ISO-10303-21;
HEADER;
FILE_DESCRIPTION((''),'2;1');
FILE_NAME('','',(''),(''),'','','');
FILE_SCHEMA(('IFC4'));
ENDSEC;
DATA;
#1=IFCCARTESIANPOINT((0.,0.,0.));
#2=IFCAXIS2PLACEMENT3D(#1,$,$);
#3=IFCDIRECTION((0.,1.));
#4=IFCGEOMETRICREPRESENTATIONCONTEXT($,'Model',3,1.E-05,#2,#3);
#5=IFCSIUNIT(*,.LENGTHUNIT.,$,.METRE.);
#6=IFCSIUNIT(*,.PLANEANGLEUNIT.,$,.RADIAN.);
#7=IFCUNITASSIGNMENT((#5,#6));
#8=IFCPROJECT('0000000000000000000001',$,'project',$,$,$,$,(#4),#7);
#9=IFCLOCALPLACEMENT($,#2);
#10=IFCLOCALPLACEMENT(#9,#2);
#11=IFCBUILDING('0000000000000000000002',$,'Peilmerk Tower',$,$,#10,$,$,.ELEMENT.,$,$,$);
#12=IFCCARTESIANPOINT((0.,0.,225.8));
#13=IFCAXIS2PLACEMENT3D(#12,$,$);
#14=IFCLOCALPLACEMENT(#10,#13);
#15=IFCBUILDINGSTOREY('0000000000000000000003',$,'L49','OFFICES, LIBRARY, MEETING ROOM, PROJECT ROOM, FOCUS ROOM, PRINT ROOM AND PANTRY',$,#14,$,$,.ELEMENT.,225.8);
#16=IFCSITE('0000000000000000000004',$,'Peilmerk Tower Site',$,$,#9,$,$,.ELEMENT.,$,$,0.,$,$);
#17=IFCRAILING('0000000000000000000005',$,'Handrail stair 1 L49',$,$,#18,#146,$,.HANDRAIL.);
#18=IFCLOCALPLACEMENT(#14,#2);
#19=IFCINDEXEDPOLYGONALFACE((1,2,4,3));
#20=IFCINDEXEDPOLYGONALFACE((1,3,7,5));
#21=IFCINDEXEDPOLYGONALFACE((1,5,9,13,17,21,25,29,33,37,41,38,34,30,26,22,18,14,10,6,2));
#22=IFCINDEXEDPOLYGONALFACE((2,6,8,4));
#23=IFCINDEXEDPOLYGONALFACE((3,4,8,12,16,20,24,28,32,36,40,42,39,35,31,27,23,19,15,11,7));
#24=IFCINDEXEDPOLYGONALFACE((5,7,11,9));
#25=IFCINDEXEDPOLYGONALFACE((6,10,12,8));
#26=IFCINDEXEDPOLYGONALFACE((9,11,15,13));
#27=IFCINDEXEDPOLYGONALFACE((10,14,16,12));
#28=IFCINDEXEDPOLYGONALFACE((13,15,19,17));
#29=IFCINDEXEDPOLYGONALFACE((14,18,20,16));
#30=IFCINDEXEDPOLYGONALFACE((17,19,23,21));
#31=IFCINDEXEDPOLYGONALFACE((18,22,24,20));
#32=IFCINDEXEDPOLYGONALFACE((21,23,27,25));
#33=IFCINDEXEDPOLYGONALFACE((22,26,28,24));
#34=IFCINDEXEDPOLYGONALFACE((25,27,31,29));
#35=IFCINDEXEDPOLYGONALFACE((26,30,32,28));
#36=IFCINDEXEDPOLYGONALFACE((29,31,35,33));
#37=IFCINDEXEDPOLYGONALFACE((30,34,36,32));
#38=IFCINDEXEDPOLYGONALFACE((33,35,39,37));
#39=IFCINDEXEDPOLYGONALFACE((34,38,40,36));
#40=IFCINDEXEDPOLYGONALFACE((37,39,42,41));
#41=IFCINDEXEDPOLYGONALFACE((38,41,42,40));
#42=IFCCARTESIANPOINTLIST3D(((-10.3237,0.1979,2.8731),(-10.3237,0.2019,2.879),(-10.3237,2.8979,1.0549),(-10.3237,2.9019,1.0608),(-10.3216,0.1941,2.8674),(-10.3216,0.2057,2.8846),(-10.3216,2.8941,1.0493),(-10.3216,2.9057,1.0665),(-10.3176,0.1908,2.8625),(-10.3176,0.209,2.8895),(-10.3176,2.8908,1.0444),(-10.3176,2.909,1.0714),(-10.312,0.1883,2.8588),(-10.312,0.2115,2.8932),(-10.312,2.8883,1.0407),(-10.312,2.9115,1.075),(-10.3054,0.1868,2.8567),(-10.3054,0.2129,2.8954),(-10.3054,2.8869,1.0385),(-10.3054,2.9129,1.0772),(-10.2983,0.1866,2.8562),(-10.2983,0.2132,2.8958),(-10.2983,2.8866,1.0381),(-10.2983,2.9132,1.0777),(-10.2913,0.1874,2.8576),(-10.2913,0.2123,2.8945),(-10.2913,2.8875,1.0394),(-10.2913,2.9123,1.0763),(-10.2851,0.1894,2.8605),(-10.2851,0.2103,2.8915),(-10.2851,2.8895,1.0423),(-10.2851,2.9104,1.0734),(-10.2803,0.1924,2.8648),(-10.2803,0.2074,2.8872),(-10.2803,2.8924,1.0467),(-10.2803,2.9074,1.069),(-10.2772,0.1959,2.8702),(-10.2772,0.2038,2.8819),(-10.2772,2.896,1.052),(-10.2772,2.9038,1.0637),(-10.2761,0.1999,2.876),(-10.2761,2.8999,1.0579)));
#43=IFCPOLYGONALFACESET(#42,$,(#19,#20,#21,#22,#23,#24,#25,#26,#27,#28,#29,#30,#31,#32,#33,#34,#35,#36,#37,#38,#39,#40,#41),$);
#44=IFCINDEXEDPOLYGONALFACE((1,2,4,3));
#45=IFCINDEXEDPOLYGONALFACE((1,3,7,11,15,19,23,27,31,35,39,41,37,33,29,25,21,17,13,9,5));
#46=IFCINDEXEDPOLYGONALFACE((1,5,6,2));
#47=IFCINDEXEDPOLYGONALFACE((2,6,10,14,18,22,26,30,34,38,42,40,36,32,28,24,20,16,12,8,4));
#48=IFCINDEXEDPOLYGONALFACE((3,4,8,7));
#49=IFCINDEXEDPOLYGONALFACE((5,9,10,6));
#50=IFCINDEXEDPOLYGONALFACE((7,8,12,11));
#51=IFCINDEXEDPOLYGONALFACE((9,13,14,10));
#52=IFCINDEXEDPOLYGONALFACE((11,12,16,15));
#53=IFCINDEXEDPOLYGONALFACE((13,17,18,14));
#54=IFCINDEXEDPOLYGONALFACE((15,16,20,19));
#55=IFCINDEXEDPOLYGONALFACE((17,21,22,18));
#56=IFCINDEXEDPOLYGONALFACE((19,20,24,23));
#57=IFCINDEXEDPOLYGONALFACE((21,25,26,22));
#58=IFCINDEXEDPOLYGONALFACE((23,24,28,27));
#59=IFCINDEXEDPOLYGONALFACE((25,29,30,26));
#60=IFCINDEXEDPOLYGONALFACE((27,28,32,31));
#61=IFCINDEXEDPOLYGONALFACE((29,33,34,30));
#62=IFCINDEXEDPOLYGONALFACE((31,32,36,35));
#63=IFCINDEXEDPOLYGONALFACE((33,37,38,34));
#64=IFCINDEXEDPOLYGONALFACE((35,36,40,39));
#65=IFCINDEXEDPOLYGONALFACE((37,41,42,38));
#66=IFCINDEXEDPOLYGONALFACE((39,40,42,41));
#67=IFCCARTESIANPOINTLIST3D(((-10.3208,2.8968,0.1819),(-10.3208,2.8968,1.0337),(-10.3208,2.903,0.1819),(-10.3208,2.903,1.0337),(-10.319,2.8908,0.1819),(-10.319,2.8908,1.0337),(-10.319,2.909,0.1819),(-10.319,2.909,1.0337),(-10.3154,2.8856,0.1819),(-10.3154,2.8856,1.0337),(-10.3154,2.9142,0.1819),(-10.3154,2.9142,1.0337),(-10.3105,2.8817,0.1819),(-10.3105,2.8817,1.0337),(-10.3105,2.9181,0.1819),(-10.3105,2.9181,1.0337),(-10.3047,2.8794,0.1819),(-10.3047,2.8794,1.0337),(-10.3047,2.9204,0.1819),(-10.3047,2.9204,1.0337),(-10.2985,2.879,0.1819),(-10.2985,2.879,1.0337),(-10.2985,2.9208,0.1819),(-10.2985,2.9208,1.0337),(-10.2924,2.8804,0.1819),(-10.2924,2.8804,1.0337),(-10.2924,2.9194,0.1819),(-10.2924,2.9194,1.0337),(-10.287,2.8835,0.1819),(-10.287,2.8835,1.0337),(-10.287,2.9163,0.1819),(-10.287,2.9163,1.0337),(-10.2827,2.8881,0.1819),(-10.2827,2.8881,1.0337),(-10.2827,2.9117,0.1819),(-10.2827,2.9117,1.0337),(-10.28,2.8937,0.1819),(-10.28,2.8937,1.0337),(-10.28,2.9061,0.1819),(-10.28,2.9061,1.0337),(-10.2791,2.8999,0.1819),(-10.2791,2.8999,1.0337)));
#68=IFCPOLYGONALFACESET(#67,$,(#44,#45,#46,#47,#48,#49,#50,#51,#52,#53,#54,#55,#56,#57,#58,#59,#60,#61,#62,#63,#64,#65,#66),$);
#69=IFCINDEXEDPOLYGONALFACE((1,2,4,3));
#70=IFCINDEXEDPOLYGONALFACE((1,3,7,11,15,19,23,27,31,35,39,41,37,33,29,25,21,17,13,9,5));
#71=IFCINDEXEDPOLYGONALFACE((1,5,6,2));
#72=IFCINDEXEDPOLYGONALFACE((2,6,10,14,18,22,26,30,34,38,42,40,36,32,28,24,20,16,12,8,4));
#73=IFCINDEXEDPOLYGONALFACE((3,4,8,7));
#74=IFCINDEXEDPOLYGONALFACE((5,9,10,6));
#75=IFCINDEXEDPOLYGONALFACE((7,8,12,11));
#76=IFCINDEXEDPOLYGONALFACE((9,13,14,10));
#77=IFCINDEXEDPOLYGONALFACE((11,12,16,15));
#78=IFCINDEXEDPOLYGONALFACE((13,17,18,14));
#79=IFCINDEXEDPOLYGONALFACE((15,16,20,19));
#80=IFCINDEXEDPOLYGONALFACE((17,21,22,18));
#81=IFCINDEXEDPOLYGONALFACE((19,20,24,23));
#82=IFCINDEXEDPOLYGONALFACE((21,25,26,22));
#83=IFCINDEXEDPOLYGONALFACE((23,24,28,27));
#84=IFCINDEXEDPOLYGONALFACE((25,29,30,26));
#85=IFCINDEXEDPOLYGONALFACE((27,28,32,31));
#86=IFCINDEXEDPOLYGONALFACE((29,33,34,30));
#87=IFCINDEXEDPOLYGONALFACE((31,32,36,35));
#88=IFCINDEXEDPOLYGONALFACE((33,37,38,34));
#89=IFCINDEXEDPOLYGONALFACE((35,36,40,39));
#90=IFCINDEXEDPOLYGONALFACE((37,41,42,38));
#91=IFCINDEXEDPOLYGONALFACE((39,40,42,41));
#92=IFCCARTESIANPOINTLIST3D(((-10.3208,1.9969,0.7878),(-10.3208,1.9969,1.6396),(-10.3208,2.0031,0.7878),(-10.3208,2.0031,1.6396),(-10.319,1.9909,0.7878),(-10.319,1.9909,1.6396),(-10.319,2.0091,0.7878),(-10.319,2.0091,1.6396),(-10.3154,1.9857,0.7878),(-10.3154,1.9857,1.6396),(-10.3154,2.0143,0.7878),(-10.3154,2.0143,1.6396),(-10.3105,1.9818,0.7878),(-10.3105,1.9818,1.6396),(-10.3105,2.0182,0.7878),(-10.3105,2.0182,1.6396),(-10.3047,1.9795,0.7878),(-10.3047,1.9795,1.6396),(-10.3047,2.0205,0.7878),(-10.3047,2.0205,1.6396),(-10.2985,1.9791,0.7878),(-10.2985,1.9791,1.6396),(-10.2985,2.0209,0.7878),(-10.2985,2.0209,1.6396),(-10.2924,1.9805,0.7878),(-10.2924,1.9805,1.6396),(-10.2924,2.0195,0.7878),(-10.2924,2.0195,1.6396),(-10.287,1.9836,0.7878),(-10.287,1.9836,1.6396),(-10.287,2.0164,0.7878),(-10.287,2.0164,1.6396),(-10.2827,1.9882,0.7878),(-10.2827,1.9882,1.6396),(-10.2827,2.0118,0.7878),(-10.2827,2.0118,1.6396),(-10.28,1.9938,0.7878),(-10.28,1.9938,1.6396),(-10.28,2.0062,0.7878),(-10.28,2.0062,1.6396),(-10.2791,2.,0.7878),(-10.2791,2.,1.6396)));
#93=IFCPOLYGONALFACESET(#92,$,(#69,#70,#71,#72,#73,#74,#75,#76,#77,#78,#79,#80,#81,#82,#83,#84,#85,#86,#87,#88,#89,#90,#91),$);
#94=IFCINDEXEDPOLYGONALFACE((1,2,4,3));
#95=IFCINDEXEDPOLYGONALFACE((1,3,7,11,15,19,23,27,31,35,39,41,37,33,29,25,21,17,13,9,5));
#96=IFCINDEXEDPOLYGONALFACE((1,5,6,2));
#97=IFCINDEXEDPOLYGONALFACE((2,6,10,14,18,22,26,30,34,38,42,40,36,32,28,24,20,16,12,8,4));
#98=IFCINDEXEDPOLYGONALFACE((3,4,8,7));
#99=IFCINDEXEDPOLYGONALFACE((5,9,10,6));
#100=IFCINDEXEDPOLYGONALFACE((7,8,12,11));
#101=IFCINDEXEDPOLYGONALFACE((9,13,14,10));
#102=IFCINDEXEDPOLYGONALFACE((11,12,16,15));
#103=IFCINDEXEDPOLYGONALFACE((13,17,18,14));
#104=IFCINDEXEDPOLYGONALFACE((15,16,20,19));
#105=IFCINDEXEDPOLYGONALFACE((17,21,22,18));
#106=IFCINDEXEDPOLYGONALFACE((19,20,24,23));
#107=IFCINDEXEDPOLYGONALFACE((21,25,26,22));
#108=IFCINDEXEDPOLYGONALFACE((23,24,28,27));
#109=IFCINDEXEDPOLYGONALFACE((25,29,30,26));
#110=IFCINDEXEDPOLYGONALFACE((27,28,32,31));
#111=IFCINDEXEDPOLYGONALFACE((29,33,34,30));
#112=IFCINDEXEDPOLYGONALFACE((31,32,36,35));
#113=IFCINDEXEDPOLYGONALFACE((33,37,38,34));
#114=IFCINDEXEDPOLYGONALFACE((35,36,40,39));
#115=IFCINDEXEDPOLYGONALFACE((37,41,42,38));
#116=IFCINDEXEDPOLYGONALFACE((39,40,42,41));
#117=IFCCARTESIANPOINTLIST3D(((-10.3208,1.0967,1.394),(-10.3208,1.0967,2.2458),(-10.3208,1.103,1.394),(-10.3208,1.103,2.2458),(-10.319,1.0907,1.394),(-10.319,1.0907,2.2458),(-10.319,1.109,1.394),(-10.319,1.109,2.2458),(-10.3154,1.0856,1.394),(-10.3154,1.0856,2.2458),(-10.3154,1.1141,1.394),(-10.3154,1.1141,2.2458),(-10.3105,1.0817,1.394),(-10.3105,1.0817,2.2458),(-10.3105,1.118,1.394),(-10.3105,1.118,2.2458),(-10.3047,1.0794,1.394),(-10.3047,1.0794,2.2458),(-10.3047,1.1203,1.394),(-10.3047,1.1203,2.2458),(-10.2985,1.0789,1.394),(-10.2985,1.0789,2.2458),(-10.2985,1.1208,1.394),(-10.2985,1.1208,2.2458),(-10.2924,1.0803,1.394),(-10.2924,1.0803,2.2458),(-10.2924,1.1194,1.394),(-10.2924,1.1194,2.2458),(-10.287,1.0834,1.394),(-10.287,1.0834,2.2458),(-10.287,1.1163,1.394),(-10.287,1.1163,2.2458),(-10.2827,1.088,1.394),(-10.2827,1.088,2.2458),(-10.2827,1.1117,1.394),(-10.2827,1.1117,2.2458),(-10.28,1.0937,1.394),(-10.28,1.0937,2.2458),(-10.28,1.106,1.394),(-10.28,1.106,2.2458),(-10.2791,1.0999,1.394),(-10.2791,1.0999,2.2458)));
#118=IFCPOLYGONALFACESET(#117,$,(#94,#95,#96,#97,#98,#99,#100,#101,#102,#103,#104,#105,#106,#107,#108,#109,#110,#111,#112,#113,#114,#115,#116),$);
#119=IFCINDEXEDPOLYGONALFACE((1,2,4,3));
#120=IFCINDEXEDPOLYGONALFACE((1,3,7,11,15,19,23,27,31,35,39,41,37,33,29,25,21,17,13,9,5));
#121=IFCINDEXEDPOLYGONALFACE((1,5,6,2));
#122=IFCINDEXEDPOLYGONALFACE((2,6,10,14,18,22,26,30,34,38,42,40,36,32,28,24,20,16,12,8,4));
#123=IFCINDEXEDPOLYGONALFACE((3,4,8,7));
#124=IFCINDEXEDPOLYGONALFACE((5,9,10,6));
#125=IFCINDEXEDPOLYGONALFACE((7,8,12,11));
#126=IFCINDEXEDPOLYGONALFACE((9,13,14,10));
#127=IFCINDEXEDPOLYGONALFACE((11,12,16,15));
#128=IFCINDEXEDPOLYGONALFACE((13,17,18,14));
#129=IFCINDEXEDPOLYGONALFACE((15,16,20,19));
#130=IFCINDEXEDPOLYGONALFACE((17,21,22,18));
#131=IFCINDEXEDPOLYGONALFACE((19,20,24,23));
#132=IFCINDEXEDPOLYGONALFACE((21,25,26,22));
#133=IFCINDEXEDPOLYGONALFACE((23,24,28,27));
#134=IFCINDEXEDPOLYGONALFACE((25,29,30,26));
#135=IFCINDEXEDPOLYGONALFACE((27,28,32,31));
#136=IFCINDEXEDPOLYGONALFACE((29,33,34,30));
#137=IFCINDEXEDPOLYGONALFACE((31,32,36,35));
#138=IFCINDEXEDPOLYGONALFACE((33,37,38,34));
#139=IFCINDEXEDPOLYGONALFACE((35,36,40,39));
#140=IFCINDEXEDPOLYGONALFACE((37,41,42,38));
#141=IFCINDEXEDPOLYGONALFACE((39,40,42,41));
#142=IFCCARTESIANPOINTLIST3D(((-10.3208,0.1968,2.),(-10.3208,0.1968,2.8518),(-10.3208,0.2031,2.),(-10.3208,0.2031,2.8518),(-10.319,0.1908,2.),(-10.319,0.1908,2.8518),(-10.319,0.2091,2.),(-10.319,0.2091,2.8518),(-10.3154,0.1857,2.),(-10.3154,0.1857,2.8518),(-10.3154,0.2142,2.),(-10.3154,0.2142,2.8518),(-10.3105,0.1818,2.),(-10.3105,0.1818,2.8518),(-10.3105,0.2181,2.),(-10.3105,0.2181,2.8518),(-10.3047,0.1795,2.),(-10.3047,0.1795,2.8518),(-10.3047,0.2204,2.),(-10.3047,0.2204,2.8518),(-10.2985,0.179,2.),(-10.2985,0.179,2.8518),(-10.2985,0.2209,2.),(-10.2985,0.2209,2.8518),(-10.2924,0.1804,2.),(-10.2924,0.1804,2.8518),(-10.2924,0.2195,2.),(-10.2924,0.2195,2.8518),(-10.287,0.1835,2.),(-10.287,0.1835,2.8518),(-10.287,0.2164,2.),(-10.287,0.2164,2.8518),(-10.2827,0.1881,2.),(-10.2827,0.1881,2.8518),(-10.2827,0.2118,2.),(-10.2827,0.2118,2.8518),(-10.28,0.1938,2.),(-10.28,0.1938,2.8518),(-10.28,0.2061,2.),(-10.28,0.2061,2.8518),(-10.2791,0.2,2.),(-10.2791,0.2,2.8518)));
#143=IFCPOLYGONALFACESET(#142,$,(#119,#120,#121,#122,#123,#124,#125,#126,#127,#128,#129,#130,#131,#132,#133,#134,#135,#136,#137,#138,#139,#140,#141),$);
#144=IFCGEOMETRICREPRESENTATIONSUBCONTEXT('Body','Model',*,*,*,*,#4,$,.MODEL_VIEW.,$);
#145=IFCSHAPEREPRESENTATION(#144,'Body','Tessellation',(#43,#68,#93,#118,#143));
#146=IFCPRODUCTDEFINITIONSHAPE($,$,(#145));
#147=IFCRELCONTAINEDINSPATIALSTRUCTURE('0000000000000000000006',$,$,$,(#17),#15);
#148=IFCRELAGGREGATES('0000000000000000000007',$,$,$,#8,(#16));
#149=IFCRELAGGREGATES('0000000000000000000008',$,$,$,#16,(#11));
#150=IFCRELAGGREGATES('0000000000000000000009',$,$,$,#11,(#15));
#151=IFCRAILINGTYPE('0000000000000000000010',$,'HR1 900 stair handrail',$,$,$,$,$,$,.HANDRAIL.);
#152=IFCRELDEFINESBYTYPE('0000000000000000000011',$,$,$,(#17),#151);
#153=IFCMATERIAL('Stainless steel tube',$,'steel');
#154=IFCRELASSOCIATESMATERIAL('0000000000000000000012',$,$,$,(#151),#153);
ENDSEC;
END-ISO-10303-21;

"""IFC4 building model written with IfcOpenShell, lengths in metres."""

from ifc_helpers import new_model, si_unit, direction, frame, origin, origin_2d, place, context, subcontext, project, spatial, circle, extrude, material, type_object, element, save


model = new_model("IFC4")

# Units and contexts
model_context = context("Model", 3, precision=1e-05, world=origin(), true_north=direction((0.0, 1.0)))
body_context = subcontext(model_context, "Body", "Model", "MODEL_VIEW")
ifc_project = project(units=[si_unit("LENGTHUNIT", "METRE"), si_unit("PLANEANGLEUNIT", "RADIAN")], contexts=[model_context])

# Site, building, storey
site_placement = place(None, origin())
site = spatial("IfcSite", under=ifc_project, at=site_placement, Name="Peilmerk Tower Site", CompositionType="ELEMENT", RefElevation=0.0)
building_placement = place(site_placement, origin())
building = spatial("IfcBuilding", under=site, at=building_placement, Name="Peilmerk Tower", CompositionType="ELEMENT")
storey_placement = place(building_placement, frame((0.0, 0.0, 225.8)))
storey = spatial("IfcBuildingStorey", under=building, at=storey_placement, Name="L49", Description="OFFICES, LIBRARY, MEETING ROOM, PROJECT ROOM, FOCUS ROOM, PRINT ROOM AND PANTRY", CompositionType="ELEMENT", Elevation=225.8)

# Railing
ifc_material_1 = material(Name="Stainless steel tube", Category="steel")
railing_type_1 = type_object("IfcRailingType", Name="HR1 900 stair handrail", PredefinedType="HANDRAIL", material=ifc_material_1)
railing_1_placement = place(storey_placement, frame((-10.3, 2.8999, 0.1819)))
element("IfcRailing", 1, at=railing_1_placement, inside=storey, type_object=railing_type_1, Name="Handrail stair 1 L49", PredefinedType="HANDRAIL", context=body_context, shape_type="SweptSolid", body=[
    extrude(circle(Radius=0.0239, at=origin_2d()), frame((0.0, 0.0, 0.876), z_axis=(0.0, -0.829468, 0.558554), x_axis=(1.0, 0.0, 0.0)), (0.0, 0.0, 1.0), 3.2551),
    extrude(circle(Radius=0.021, at=origin_2d()), origin(), (0.0, 0.0, 1.0), 0.8518),
    extrude(circle(Radius=0.021, at=origin_2d()), frame((0.0, -0.8999, 0.606)), (0.0, 0.0, 1.0), 0.8518),
    extrude(circle(Radius=0.021, at=origin_2d()), frame((0.0, -1.8, 1.2122)), (0.0, 0.0, 1.0), 0.8518),
    extrude(circle(Radius=0.021, at=origin_2d()), frame((0.0, -2.7, 1.8181)), (0.0, 0.0, 1.0), 0.8518),
])

save(model, "model.ifc")
